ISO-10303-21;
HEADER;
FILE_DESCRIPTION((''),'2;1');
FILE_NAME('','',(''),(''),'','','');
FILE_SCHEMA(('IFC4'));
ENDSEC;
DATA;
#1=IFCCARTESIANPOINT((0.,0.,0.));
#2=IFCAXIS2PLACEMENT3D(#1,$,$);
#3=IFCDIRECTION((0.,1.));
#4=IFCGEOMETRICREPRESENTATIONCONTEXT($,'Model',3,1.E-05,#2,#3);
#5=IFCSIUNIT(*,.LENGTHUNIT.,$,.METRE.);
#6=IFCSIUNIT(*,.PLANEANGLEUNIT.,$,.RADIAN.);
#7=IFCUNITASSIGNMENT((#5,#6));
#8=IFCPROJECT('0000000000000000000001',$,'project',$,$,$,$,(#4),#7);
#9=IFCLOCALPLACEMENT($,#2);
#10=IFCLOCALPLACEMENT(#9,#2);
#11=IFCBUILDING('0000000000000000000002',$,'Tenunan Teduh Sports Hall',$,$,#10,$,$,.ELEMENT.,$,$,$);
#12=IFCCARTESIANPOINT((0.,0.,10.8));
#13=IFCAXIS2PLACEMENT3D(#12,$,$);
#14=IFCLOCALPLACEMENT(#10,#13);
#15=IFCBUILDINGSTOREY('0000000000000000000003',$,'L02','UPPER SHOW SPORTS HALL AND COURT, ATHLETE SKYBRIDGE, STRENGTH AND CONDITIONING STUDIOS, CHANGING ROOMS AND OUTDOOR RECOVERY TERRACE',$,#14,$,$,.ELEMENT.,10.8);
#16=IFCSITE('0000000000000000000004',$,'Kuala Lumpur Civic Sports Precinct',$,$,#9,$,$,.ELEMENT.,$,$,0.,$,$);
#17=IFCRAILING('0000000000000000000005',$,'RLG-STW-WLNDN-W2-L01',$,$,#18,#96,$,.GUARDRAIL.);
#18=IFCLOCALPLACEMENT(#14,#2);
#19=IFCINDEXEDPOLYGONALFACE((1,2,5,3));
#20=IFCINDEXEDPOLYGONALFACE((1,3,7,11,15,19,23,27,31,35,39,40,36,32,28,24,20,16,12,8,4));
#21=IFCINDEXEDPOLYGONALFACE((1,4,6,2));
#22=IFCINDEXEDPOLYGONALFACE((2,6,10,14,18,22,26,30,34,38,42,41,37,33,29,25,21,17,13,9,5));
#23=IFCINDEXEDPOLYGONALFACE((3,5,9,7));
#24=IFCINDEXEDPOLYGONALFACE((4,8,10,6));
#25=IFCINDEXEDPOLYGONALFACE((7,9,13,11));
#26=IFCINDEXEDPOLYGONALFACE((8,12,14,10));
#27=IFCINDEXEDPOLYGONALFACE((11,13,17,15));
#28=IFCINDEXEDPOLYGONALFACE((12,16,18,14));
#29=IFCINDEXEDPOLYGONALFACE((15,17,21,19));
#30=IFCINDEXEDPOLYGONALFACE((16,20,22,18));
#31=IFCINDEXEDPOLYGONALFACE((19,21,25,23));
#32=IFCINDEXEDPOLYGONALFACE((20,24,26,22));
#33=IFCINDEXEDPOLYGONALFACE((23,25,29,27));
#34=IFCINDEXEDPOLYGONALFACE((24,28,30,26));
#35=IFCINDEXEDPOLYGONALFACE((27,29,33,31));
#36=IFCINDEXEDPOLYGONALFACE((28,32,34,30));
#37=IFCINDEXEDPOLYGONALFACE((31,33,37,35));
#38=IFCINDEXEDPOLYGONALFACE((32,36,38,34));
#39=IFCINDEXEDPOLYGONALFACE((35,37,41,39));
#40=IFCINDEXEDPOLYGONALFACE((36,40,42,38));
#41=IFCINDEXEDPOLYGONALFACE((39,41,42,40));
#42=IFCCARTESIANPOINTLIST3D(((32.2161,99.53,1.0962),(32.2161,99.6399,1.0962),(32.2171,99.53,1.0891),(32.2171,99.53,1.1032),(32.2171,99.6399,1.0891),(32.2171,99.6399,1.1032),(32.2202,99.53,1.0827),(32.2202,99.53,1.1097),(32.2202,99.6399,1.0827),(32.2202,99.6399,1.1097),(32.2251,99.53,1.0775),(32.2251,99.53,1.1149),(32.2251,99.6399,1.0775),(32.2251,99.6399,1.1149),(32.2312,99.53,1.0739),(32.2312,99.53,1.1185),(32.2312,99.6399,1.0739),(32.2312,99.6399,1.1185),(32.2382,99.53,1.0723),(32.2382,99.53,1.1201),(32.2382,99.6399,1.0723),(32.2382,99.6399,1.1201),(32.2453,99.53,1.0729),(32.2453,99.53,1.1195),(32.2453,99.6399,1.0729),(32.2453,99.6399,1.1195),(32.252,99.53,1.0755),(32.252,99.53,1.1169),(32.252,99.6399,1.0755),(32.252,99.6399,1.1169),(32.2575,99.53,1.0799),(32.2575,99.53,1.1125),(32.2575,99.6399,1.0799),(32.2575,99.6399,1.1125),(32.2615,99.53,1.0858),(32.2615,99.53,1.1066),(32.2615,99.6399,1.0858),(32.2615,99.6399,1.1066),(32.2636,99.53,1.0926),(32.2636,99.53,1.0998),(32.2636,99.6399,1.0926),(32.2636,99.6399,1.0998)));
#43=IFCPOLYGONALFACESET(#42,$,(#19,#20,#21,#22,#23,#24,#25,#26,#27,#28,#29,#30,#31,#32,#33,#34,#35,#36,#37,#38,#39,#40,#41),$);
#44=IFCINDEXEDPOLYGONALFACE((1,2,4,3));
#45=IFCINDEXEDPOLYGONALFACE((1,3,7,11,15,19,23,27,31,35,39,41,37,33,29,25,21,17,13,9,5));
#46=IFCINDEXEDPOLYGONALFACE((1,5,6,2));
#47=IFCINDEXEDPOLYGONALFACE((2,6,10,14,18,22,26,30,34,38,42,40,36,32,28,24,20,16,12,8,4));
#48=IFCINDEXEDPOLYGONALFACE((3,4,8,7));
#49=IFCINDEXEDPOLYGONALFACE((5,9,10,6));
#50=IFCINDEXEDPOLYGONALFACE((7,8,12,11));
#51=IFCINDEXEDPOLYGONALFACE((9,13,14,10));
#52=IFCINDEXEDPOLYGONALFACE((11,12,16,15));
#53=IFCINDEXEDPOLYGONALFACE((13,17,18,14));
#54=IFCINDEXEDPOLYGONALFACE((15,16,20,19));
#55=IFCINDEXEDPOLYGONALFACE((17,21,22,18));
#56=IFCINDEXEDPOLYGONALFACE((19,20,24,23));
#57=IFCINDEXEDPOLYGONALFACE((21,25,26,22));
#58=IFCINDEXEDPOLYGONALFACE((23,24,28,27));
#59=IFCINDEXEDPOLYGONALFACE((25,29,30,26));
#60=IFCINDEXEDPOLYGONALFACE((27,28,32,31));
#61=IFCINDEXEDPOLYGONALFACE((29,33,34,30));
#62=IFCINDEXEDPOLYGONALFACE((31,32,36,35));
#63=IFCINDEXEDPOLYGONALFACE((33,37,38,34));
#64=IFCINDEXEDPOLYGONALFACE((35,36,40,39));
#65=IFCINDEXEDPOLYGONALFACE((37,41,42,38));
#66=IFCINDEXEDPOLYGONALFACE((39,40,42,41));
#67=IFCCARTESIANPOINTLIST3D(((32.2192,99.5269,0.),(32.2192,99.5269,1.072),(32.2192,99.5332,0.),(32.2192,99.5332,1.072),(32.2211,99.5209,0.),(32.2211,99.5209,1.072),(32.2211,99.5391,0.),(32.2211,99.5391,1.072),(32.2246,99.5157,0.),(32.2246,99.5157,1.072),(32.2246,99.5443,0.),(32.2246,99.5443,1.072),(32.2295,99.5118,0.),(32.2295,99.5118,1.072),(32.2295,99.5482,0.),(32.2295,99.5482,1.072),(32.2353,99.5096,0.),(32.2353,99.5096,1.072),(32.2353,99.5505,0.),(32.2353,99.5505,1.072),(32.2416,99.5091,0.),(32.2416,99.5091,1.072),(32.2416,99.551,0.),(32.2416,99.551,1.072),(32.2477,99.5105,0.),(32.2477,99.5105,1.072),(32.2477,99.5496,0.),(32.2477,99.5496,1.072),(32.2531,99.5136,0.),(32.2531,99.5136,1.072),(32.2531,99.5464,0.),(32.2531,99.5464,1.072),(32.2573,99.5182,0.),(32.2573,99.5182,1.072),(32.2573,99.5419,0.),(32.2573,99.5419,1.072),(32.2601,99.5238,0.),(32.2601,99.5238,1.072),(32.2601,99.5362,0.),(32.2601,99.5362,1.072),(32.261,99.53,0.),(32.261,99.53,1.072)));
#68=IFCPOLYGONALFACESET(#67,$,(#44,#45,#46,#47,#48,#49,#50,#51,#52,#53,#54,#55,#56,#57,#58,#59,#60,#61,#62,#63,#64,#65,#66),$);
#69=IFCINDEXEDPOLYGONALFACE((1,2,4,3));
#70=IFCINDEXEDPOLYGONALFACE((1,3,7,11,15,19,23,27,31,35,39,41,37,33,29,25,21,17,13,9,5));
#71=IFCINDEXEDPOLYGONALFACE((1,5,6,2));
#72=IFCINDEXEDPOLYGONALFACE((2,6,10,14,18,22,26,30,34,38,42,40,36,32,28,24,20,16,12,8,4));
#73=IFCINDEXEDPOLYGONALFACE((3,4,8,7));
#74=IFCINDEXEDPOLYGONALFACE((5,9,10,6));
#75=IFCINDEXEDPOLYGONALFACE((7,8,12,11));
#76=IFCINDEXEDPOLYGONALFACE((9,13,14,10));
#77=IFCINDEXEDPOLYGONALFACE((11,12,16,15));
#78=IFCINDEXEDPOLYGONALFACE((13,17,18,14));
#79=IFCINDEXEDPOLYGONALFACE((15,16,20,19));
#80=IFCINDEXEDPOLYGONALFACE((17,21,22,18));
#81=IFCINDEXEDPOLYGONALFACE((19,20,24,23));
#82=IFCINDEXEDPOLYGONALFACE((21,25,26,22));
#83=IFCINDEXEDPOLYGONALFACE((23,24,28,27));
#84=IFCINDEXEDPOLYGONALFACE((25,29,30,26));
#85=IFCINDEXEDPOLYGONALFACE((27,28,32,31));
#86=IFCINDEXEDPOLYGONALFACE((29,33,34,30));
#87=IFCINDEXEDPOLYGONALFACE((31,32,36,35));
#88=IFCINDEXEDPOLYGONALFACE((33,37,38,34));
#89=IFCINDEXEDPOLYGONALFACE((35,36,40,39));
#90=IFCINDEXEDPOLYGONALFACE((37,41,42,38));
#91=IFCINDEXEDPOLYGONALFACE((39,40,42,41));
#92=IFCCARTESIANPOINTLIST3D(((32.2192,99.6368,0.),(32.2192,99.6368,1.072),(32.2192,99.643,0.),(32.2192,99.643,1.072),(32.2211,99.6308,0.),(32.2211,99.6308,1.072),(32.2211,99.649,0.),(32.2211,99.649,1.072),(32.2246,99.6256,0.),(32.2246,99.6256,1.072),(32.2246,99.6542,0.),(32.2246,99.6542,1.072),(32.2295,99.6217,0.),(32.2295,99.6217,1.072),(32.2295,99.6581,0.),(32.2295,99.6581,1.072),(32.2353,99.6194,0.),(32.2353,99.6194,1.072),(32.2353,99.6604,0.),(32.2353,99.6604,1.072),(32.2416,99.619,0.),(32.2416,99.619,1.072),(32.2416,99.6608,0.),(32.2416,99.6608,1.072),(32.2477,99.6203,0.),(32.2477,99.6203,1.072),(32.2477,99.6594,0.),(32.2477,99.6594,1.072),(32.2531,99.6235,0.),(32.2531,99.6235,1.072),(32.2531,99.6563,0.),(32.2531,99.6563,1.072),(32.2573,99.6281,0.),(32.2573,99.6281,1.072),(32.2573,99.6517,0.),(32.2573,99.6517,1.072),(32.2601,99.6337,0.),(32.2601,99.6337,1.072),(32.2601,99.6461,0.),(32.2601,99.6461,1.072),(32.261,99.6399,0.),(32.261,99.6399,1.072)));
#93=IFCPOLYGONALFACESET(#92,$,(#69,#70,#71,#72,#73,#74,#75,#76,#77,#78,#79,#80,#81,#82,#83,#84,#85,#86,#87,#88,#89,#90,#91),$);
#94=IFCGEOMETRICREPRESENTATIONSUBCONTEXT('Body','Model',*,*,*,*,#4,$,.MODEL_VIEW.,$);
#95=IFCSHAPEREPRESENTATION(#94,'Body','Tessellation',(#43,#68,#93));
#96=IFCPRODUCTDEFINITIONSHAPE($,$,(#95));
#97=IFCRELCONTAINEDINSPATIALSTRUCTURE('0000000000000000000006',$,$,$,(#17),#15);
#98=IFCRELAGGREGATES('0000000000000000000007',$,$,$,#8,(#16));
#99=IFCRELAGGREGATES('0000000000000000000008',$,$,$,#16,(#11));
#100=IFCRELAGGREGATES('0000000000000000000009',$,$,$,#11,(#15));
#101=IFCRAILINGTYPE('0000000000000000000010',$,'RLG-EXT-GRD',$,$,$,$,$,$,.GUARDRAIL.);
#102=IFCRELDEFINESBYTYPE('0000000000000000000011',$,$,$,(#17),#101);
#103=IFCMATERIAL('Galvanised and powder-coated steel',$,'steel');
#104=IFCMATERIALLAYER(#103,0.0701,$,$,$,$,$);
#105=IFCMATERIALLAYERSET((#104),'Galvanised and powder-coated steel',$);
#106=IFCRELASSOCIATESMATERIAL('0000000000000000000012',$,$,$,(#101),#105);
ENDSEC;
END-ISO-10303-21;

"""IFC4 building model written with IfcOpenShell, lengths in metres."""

from ifc_helpers import new_model, si_unit, direction, frame, origin, origin_2d, place, context, subcontext, project, spatial, circle, extrude, material, layer, layer_set, type_object, element, save


model = new_model("IFC4")

# Units and contexts
model_context = context("Model", 3, precision=1e-05, world=origin(), true_north=direction((0.0, 1.0)))
body_context = subcontext(model_context, "Body", "Model", "MODEL_VIEW")
ifc_project = project(units=[si_unit("LENGTHUNIT", "METRE"), si_unit("PLANEANGLEUNIT", "RADIAN")], contexts=[model_context])

# Site, building, storey
site_placement = place(None, origin())
site = spatial("IfcSite", under=ifc_project, at=site_placement, Name="Kuala Lumpur Civic Sports Precinct", CompositionType="ELEMENT", RefElevation=0.0)
building_placement = place(site_placement, origin())
building = spatial("IfcBuilding", under=site, at=building_placement, Name="Tenunan Teduh Sports Hall", CompositionType="ELEMENT")
storey_placement = place(building_placement, frame((0.0, 0.0, 10.8)))
storey = spatial("IfcBuildingStorey", under=building, at=storey_placement, Name="L02", Description="UPPER SHOW SPORTS HALL AND COURT, ATHLETE SKYBRIDGE, STRENGTH AND CONDITIONING STUDIOS, CHANGING ROOMS AND OUTDOOR RECOVERY TERRACE", CompositionType="ELEMENT", Elevation=10.8)

# Railing
ifc_material_1 = material(Name="Galvanised and powder-coated steel", Category="steel")
ifc_layer_1 = layer(ifc_material_1, 0.0701)
ifc_layer_set_1 = layer_set([ifc_layer_1], Name="Galvanised and powder-coated steel")
railing_type = type_object("IfcRailingType", Name="RLG-EXT-GRD", PredefinedType="GUARDRAIL", material=ifc_layer_set_1)
railing_placement = place(storey_placement, frame((32.24, 99.53, 0.0)))
element("IfcRailing", 1, at=railing_placement, inside=storey, type_object=railing_type, Name="RLG-STW-WLNDN-W2-L01", PredefinedType="GUARDRAIL", context=body_context, shape_type="SweptSolid", body=[
    extrude(circle(Radius=0.0239, at=origin_2d()), frame((0.0, 0.0, 1.0962), z_axis=(0.0, 1.0, 0.0), x_axis=(-1.0, 0.0, 0.0)), (0.0, 0.0, 1.0), 0.1099),
    extrude(circle(Radius=0.021, at=origin_2d()), origin(), (0.0, 0.0, 1.0), 1.072),
    extrude(circle(Radius=0.021, at=origin_2d()), frame((0.0, 0.1099, 0.0)), (0.0, 0.0, 1.0), 1.072),
])

save(model, "model.ifc")
